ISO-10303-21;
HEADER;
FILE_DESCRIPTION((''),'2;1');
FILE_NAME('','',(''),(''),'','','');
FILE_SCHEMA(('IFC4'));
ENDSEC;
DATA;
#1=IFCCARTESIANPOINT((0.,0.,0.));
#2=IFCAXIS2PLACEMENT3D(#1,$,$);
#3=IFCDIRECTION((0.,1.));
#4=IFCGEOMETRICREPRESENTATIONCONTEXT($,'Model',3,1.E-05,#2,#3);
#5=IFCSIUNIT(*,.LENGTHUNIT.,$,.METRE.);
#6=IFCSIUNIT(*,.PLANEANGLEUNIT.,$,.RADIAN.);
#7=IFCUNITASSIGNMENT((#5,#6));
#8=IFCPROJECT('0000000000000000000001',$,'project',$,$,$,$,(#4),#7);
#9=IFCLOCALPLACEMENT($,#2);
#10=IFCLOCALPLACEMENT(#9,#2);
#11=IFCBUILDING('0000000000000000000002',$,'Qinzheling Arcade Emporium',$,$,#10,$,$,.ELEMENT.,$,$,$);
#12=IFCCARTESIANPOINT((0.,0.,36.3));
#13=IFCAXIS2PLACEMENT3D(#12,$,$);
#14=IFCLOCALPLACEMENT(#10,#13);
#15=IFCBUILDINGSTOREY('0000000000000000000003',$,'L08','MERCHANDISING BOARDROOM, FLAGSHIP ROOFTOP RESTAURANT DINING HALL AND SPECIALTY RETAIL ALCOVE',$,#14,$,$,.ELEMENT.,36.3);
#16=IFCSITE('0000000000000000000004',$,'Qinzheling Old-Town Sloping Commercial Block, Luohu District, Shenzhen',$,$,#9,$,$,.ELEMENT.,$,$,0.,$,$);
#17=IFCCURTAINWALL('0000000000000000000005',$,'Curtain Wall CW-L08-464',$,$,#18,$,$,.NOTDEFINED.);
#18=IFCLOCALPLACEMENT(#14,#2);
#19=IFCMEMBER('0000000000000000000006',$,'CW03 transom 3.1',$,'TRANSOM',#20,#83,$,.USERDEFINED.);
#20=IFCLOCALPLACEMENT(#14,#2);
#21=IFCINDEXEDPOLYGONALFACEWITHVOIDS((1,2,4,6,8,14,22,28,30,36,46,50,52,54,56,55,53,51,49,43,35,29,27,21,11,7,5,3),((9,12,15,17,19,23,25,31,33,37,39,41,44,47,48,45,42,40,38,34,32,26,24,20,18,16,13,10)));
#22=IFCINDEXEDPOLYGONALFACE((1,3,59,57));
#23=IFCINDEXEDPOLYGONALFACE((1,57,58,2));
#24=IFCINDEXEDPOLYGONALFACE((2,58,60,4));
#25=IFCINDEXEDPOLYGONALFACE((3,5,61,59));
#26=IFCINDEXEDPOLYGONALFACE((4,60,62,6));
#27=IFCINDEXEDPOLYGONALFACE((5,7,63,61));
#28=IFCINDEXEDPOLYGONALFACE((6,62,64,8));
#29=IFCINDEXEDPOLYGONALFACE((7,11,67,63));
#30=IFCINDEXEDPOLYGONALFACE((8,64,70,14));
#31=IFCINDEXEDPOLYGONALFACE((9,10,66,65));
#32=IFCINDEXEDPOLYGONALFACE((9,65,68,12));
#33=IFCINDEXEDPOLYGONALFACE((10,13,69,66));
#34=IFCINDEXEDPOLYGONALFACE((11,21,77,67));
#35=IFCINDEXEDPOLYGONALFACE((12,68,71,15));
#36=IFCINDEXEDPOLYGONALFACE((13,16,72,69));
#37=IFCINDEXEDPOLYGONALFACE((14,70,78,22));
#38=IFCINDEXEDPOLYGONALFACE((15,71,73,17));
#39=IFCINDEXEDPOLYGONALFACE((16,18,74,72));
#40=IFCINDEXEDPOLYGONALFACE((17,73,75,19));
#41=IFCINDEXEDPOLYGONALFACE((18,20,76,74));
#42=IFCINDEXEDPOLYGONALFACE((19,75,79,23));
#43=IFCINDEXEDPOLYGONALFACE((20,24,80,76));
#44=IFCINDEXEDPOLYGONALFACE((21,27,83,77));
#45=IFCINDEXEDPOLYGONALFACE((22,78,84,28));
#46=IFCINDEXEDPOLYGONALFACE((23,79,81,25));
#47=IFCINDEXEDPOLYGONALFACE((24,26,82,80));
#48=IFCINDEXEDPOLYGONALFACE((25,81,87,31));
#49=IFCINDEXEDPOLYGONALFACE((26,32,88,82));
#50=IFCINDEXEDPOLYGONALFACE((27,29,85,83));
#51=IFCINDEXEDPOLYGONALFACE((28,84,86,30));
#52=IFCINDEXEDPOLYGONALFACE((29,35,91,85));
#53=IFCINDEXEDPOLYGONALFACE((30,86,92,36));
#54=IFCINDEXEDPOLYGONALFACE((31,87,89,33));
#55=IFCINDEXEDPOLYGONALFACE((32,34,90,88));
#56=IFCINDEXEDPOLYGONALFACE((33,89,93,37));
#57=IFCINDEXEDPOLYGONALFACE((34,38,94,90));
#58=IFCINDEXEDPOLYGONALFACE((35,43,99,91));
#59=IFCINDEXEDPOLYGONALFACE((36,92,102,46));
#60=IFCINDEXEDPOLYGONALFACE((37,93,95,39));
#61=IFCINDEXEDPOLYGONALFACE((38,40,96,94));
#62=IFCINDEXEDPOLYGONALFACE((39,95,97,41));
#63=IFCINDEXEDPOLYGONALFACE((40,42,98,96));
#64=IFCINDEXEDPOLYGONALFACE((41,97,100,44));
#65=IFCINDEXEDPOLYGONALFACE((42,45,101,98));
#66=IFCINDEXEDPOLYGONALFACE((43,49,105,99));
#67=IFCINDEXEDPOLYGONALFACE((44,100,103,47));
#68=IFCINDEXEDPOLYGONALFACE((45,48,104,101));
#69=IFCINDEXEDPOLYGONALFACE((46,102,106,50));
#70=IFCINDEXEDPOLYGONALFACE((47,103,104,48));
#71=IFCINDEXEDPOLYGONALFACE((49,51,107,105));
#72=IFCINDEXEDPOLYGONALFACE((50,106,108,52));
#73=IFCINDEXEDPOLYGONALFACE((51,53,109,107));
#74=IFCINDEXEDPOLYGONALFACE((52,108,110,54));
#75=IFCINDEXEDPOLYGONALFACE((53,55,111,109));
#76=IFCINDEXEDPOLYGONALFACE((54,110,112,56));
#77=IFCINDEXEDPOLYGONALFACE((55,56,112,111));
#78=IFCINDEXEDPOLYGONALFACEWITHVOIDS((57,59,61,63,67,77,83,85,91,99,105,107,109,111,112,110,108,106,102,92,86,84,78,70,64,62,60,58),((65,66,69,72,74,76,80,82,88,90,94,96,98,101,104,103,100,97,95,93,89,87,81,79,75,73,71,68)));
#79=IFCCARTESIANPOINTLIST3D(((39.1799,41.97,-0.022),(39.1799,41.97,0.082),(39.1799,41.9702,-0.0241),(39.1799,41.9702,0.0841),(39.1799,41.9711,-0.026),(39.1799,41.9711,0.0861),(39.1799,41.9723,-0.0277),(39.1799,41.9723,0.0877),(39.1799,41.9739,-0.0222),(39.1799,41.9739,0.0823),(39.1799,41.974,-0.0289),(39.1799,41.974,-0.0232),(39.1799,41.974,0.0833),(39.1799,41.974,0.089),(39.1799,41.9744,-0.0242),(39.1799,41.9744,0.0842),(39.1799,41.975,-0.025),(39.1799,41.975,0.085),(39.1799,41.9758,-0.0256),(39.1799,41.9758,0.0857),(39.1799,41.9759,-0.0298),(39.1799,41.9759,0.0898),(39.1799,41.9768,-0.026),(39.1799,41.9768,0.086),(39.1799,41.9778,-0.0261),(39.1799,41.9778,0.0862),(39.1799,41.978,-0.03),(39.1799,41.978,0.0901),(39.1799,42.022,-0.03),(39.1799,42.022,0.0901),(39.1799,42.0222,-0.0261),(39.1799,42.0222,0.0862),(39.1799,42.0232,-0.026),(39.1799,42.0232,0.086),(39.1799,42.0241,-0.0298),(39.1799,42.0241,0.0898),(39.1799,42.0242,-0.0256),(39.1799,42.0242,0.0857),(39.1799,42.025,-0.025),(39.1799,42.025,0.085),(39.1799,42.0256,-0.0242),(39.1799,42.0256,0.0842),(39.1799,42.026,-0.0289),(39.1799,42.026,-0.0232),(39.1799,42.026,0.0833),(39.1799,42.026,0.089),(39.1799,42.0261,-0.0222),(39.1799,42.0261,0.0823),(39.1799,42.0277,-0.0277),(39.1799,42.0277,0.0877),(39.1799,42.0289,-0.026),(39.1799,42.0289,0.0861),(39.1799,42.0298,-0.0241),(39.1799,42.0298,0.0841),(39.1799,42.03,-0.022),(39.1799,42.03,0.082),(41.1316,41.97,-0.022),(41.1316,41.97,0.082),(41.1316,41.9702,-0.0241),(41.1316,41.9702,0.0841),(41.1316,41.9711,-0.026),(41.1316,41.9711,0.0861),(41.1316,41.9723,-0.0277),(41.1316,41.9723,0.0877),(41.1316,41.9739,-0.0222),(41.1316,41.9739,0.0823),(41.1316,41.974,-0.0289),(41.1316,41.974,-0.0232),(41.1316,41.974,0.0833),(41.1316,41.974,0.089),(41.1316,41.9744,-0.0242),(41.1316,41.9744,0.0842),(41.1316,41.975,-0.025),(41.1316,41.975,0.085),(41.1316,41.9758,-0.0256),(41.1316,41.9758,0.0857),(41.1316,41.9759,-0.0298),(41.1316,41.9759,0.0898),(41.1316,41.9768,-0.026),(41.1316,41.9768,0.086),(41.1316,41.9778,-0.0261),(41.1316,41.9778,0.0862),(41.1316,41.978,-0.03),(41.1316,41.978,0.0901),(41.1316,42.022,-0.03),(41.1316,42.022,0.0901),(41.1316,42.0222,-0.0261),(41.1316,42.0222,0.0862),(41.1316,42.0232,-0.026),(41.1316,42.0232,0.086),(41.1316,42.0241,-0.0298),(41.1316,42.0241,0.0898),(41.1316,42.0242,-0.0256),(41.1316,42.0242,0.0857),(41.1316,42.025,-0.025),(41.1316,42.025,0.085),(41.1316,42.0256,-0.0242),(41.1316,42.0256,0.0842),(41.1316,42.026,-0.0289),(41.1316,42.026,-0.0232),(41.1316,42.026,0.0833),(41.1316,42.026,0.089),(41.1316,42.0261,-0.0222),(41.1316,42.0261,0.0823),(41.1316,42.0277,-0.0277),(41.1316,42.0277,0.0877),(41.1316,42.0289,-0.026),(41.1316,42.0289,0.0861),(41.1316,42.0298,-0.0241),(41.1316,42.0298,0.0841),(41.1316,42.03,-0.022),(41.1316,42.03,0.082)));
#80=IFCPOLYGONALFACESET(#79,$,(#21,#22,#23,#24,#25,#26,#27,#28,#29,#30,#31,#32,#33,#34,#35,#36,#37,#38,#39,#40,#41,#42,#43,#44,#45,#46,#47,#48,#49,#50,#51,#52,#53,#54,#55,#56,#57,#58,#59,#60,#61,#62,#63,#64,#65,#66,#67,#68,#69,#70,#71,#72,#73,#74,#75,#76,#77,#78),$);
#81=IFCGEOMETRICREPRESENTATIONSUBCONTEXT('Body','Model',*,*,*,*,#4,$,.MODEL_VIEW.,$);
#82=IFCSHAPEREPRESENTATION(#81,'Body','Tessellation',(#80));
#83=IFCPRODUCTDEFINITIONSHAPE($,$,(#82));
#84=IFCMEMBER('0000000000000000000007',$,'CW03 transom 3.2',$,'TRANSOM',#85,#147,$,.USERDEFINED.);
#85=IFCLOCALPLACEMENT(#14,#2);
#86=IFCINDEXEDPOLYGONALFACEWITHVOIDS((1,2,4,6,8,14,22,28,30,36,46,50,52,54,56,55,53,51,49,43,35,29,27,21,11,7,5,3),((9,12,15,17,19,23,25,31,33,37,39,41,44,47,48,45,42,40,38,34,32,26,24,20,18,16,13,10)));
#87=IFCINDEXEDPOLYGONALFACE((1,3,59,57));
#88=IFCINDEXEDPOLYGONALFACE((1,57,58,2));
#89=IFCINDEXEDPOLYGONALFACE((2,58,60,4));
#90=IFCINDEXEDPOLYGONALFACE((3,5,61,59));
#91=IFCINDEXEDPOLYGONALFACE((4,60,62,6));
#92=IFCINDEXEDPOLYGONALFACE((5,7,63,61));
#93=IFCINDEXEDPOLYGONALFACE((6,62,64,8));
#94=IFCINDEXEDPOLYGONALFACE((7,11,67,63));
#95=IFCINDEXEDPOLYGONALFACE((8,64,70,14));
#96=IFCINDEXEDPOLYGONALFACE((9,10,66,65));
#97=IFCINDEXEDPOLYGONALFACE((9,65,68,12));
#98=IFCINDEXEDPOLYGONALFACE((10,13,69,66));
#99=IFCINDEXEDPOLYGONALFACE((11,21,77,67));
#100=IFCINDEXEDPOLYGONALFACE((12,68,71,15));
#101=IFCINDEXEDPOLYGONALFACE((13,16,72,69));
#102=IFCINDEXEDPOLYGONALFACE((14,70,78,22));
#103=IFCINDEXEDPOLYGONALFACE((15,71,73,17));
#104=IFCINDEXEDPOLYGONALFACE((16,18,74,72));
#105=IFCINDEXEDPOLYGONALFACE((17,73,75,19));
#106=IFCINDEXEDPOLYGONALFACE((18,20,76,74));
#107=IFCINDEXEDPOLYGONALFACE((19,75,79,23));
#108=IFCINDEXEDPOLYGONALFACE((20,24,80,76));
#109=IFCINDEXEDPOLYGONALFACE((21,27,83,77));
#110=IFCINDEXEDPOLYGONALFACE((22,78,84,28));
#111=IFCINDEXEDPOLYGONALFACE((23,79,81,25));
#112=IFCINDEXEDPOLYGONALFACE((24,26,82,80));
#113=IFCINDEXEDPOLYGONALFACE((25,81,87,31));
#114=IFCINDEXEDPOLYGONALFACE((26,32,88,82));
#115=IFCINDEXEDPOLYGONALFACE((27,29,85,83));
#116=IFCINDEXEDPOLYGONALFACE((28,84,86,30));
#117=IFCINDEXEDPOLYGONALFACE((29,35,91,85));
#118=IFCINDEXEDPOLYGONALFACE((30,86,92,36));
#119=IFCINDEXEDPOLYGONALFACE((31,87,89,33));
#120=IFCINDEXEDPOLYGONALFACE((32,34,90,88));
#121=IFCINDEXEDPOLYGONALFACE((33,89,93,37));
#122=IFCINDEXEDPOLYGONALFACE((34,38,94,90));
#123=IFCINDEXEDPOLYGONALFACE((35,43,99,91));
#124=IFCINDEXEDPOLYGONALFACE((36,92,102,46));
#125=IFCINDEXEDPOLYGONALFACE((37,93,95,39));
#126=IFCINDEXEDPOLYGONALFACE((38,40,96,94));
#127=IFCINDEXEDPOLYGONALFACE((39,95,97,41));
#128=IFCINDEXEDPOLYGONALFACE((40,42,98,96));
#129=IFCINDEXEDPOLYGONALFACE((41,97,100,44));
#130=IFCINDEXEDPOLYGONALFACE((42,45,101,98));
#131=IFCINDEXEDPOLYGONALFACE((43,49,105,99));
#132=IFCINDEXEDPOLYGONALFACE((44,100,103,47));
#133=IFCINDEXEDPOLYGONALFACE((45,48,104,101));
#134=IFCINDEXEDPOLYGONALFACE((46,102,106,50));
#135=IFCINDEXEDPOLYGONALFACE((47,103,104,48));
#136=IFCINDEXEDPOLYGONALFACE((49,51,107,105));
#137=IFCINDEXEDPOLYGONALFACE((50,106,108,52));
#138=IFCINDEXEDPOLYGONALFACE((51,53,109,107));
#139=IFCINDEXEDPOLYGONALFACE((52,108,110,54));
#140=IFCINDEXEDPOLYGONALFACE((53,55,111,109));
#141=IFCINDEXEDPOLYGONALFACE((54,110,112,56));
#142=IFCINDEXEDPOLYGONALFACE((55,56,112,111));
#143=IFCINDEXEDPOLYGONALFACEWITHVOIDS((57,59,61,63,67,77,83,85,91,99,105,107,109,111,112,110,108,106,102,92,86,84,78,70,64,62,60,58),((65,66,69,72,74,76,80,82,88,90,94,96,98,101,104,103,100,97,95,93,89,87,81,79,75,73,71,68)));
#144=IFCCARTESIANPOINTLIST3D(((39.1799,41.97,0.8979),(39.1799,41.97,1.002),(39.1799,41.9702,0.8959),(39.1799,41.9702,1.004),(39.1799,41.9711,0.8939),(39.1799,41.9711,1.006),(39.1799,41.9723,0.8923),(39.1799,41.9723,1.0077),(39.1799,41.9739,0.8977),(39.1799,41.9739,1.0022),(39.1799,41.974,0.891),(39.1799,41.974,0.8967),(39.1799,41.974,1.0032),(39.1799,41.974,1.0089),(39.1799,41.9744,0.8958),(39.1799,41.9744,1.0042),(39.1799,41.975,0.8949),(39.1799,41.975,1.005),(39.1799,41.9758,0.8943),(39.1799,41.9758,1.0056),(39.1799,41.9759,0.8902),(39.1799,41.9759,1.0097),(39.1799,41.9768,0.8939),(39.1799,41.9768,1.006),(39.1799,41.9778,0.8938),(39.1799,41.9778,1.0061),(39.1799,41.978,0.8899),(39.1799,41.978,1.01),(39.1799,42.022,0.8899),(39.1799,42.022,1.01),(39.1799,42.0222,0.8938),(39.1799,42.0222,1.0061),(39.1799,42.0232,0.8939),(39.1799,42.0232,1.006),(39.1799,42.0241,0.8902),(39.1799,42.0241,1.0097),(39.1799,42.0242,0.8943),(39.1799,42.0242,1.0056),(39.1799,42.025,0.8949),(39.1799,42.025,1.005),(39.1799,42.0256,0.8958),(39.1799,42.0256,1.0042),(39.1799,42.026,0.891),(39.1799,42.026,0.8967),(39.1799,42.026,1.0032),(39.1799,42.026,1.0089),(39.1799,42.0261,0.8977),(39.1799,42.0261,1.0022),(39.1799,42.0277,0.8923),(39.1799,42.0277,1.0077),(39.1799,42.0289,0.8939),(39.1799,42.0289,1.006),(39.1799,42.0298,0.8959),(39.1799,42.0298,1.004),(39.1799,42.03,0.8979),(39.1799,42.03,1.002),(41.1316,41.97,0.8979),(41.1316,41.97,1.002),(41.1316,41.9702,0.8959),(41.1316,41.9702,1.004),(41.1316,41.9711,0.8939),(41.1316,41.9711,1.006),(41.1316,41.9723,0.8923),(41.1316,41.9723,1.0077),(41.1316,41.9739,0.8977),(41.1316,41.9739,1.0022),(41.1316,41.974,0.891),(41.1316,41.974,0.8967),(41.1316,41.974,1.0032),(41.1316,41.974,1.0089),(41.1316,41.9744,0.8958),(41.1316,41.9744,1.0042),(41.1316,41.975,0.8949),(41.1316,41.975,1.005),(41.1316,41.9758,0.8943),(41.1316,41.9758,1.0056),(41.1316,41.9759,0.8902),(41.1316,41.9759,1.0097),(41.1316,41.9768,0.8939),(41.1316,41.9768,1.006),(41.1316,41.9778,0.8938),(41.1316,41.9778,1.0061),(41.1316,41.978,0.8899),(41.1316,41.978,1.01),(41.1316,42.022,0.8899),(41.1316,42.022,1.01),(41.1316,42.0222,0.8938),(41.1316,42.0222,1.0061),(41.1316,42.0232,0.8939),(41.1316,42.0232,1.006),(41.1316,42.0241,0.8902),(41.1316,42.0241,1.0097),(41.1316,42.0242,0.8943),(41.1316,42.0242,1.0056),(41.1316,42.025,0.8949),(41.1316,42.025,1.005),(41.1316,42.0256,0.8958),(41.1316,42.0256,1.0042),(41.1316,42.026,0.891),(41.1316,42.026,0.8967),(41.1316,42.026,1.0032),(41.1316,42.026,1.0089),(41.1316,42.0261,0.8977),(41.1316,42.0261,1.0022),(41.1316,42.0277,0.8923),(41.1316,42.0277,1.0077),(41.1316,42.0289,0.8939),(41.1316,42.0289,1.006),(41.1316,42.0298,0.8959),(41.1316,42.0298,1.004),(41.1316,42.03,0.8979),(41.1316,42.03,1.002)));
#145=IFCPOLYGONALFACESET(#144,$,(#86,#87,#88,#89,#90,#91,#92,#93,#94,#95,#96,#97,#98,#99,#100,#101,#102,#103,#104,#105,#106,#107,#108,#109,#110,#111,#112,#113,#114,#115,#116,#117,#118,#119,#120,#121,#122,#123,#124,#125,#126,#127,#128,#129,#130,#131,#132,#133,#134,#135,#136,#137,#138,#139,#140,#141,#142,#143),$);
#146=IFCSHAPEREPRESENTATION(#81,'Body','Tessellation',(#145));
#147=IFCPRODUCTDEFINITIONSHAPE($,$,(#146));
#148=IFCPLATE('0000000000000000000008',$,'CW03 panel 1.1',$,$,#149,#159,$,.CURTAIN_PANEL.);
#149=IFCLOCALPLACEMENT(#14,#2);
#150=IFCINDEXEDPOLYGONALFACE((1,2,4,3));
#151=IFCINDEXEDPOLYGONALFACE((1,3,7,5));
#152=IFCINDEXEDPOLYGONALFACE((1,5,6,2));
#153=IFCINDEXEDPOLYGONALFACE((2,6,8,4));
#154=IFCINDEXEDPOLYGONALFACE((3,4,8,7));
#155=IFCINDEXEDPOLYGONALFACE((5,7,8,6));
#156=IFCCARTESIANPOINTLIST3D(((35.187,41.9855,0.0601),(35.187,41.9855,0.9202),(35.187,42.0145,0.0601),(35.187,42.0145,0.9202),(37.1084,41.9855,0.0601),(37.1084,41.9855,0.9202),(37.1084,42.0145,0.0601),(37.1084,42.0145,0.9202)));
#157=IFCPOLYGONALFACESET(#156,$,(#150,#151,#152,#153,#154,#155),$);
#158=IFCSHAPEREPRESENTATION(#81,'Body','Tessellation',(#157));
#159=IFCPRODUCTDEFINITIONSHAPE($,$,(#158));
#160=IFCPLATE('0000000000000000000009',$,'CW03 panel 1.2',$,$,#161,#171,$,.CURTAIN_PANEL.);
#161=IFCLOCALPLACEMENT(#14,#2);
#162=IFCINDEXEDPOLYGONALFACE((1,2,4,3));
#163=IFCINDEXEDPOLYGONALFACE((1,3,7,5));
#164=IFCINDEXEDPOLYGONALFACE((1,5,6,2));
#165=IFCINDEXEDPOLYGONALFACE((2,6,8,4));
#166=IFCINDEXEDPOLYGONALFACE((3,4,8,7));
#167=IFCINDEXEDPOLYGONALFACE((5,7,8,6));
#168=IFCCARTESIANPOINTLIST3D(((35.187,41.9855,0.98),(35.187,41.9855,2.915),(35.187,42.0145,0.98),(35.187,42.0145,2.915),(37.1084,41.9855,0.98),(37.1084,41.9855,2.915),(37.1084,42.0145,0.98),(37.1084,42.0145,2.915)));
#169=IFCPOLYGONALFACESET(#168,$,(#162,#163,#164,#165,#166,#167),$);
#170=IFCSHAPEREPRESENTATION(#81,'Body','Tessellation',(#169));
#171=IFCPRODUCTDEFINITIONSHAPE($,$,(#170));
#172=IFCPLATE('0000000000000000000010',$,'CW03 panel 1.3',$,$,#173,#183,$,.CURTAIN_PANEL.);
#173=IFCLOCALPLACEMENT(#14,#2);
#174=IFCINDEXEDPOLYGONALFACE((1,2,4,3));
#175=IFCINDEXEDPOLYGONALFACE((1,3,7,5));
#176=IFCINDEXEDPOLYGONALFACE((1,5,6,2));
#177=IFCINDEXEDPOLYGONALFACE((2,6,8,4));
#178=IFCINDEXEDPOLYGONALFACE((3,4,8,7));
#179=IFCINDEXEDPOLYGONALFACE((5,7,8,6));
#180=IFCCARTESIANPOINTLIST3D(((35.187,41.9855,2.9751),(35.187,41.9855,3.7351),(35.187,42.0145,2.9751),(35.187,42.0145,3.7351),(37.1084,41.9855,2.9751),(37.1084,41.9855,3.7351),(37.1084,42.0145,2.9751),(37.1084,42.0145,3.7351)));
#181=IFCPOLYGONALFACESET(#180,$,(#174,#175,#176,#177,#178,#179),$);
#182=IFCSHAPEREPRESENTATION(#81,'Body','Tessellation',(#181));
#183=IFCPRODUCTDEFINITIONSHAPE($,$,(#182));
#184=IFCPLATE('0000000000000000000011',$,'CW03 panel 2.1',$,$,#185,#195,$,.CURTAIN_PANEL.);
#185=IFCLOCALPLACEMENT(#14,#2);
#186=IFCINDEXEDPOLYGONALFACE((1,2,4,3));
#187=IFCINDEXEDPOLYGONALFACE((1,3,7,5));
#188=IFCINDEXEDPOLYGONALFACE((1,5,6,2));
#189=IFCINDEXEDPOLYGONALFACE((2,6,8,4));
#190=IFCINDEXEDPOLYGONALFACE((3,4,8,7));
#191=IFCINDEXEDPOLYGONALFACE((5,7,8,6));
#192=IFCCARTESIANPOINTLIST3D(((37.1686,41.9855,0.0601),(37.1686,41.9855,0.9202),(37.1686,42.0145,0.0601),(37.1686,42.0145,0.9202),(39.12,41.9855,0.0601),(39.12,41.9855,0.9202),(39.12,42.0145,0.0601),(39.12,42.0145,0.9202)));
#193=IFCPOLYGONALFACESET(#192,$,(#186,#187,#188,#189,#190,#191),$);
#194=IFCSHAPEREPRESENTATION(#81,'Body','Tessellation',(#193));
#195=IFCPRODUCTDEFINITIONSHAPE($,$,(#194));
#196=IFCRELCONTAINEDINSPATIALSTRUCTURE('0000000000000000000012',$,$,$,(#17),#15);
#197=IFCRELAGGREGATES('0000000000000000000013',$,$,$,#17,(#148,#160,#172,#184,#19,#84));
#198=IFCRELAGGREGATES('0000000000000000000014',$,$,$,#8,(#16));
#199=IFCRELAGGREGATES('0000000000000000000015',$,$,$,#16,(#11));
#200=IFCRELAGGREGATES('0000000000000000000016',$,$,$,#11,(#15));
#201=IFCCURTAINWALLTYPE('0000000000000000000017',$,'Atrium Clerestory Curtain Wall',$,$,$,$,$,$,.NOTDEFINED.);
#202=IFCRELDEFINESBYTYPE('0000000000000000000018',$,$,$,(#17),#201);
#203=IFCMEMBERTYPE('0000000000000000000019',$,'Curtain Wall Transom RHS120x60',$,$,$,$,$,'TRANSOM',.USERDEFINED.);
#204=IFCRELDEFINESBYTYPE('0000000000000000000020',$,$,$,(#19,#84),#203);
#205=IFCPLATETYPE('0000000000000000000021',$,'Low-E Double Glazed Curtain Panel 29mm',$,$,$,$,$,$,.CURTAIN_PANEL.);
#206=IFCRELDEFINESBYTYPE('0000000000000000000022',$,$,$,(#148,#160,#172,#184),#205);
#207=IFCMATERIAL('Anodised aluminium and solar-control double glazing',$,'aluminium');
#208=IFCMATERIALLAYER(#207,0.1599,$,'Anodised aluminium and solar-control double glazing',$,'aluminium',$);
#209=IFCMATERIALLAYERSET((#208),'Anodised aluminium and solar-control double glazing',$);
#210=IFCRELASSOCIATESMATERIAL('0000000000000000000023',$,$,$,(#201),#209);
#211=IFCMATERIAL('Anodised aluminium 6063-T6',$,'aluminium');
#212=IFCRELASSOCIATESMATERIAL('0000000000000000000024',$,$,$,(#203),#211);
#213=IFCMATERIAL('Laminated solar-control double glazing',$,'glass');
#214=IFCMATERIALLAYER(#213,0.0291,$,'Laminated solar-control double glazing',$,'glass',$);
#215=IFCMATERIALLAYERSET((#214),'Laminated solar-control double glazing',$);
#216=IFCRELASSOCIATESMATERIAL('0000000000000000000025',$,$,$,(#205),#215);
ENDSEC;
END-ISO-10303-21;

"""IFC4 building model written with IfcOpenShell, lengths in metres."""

from ifc_helpers import new_model, si_unit, direction, frame, origin, origin_2d, place, context, subcontext, project, spatial, rectangle, hollow_rectangle, extrude, material, layer, layer_set, material_profile, profile_set, type_object, element, aggregate, save


model = new_model("IFC4")

# Units and contexts
model_context = context("Model", 3, precision=1e-05, world=origin(), true_north=direction((0.0, 1.0)))
body_context = subcontext(model_context, "Body", "Model", "MODEL_VIEW")
ifc_project = project(units=[si_unit("LENGTHUNIT", "METRE"), si_unit("PLANEANGLEUNIT", "RADIAN")], contexts=[model_context])

# Site, building, storey
site_placement = place(None, origin())
site = spatial("IfcSite", under=ifc_project, at=site_placement, Name="Qinzheling Old-Town Sloping Commercial Block, Luohu District, Shenzhen", CompositionType="ELEMENT", RefElevation=0.0)
building_placement = place(site_placement, origin())
building = spatial("IfcBuilding", under=site, at=building_placement, Name="Qinzheling Arcade Emporium", CompositionType="ELEMENT")
storey_placement = place(building_placement, frame((0.0, 0.0, 36.3)))
storey = spatial("IfcBuildingStorey", under=building, at=storey_placement, Name="L08", Description="MERCHANDISING BOARDROOM, FLAGSHIP ROOFTOP RESTAURANT DINING HALL AND SPECIALTY RETAIL ALCOVE", CompositionType="ELEMENT", Elevation=36.3)

# Curtain wall, members, plates
ifc_material_1 = material(Name="Anodised aluminium and solar-control double glazing", Category="aluminium")
ifc_layer_1 = layer(ifc_material_1, 0.1599, Name="Anodised aluminium and solar-control double glazing", Category="aluminium")
ifc_layer_set_1 = layer_set([ifc_layer_1], Name="Anodised aluminium and solar-control double glazing")
curtain_wall_type = type_object("IfcCurtainWallType", Name="Atrium Clerestory Curtain Wall", PredefinedType="NOTDEFINED", material=ifc_layer_set_1)
curtain_wall_placement = place(storey_placement, origin())
curtain_wall = element("IfcCurtainWall", 1, at=curtain_wall_placement, inside=storey, type_object=curtain_wall_type, Name="Curtain Wall CW-L08-464", PredefinedType="NOTDEFINED")
ifc_material_2 = material(Name="Anodised aluminium 6063-T6", Category="aluminium")
ifc_material_profile_1 = material_profile(ifc_material_2, hollow_rectangle(XDim=0.0601, YDim=0.1201, WallThickness=0.0039, InnerFilletRadius=0.0039, OuterFilletRadius=0.0081, at=origin_2d()), Name="RHS 120x60x4", Category="aluminium")
ifc_profile_set_1 = profile_set([ifc_material_profile_1], Name="Anodised aluminium 6063-T6")
member_type_1 = type_object("IfcMemberType", Name="Curtain Wall Transom RHS120x60", ElementType="TRANSOM", PredefinedType="USERDEFINED", material=ifc_profile_set_1)
member_1_placement = place(storey_placement, frame((39.1799, 42.0, 0.03), z_axis=(1.0, 0.0, 0.0), x_axis=(0.0, 1.0, 0.0)))
member_1 = element("IfcMember", 2, at=member_1_placement, type_object=member_type_1, Name="CW03 transom 3.1", ObjectType="TRANSOM", PredefinedType="USERDEFINED", context=body_context, shape_type="SweptSolid", body=[
    extrude(hollow_rectangle(XDim=0.0601, YDim=0.1201, WallThickness=0.0039, InnerFilletRadius=0.0039, OuterFilletRadius=0.0081, at=origin_2d()), origin(), (0.0, 0.0, 1.0), 1.9517),
])
member_2_placement = place(storey_placement, frame((39.1799, 42.0, 0.95), z_axis=(1.0, 0.0, 0.0), x_axis=(0.0, 1.0, 0.0)))
member_2 = element("IfcMember", 3, at=member_2_placement, type_object=member_type_1, Name="CW03 transom 3.2", ObjectType="TRANSOM", PredefinedType="USERDEFINED", context=body_context, shape_type="SweptSolid", body=[
    extrude(hollow_rectangle(XDim=0.0601, YDim=0.1201, WallThickness=0.0039, InnerFilletRadius=0.0039, OuterFilletRadius=0.0081, at=origin_2d()), origin(), (0.0, 0.0, 1.0), 1.9517),
])
ifc_material_3 = material(Name="Laminated solar-control double glazing", Category="glass")
ifc_layer_2 = layer(ifc_material_3, 0.0291, Name="Laminated solar-control double glazing", Category="glass")
ifc_layer_set_2 = layer_set([ifc_layer_2], Name="Laminated solar-control double glazing")
plate_type = type_object("IfcPlateType", Name="Low-E Double Glazed Curtain Panel 29mm", PredefinedType="CURTAIN_PANEL", material=ifc_layer_set_2)
plate_1_placement = place(storey_placement, frame((36.1477, 42.0, 0.0601), z_axis=(0.0, 0.0, 1.0), x_axis=(1.0, 0.0, 0.0)))
plate_1 = element("IfcPlate", 4, at=plate_1_placement, type_object=plate_type, Name="CW03 panel 1.1", PredefinedType="CURTAIN_PANEL", context=body_context, shape_type="SweptSolid", body=[
    extrude(rectangle(XDim=1.9214, YDim=0.0291, at=origin_2d()), origin(), (0.0, 0.0, 1.0), 0.8601),
])
plate_2_placement = place(storey_placement, frame((36.1477, 42.0, 0.98), z_axis=(0.0, 0.0, 1.0), x_axis=(1.0, 0.0, 0.0)))
plate_2 = element("IfcPlate", 5, at=plate_2_placement, type_object=plate_type, Name="CW03 panel 1.2", PredefinedType="CURTAIN_PANEL", context=body_context, shape_type="SweptSolid", body=[
    extrude(rectangle(XDim=1.9214, YDim=0.0291, at=origin_2d()), origin(), (0.0, 0.0, 1.0), 1.9351),
])
plate_3_placement = place(storey_placement, frame((36.1477, 42.0, 2.9751), z_axis=(0.0, 0.0, 1.0), x_axis=(1.0, 0.0, 0.0)))
plate_3 = element("IfcPlate", 6, at=plate_3_placement, type_object=plate_type, Name="CW03 panel 1.3", PredefinedType="CURTAIN_PANEL", context=body_context, shape_type="SweptSolid", body=[
    extrude(rectangle(XDim=1.9214, YDim=0.0291, at=origin_2d()), origin(), (0.0, 0.0, 1.0), 0.76),
])
plate_4_placement = place(storey_placement, frame((38.1443, 42.0, 0.0601), z_axis=(0.0, 0.0, 1.0), x_axis=(1.0, 0.0, 0.0)))
plate_4 = element("IfcPlate", 7, at=plate_4_placement, type_object=plate_type, Name="CW03 panel 2.1", PredefinedType="CURTAIN_PANEL", context=body_context, shape_type="SweptSolid", body=[
    extrude(rectangle(XDim=1.9514, YDim=0.0291, at=origin_2d()), origin(), (0.0, 0.0, 1.0), 0.8601),
])
aggregate(curtain_wall, [plate_1, plate_2, plate_3, plate_4, member_1, member_2])

save(model, "model.ifc")
